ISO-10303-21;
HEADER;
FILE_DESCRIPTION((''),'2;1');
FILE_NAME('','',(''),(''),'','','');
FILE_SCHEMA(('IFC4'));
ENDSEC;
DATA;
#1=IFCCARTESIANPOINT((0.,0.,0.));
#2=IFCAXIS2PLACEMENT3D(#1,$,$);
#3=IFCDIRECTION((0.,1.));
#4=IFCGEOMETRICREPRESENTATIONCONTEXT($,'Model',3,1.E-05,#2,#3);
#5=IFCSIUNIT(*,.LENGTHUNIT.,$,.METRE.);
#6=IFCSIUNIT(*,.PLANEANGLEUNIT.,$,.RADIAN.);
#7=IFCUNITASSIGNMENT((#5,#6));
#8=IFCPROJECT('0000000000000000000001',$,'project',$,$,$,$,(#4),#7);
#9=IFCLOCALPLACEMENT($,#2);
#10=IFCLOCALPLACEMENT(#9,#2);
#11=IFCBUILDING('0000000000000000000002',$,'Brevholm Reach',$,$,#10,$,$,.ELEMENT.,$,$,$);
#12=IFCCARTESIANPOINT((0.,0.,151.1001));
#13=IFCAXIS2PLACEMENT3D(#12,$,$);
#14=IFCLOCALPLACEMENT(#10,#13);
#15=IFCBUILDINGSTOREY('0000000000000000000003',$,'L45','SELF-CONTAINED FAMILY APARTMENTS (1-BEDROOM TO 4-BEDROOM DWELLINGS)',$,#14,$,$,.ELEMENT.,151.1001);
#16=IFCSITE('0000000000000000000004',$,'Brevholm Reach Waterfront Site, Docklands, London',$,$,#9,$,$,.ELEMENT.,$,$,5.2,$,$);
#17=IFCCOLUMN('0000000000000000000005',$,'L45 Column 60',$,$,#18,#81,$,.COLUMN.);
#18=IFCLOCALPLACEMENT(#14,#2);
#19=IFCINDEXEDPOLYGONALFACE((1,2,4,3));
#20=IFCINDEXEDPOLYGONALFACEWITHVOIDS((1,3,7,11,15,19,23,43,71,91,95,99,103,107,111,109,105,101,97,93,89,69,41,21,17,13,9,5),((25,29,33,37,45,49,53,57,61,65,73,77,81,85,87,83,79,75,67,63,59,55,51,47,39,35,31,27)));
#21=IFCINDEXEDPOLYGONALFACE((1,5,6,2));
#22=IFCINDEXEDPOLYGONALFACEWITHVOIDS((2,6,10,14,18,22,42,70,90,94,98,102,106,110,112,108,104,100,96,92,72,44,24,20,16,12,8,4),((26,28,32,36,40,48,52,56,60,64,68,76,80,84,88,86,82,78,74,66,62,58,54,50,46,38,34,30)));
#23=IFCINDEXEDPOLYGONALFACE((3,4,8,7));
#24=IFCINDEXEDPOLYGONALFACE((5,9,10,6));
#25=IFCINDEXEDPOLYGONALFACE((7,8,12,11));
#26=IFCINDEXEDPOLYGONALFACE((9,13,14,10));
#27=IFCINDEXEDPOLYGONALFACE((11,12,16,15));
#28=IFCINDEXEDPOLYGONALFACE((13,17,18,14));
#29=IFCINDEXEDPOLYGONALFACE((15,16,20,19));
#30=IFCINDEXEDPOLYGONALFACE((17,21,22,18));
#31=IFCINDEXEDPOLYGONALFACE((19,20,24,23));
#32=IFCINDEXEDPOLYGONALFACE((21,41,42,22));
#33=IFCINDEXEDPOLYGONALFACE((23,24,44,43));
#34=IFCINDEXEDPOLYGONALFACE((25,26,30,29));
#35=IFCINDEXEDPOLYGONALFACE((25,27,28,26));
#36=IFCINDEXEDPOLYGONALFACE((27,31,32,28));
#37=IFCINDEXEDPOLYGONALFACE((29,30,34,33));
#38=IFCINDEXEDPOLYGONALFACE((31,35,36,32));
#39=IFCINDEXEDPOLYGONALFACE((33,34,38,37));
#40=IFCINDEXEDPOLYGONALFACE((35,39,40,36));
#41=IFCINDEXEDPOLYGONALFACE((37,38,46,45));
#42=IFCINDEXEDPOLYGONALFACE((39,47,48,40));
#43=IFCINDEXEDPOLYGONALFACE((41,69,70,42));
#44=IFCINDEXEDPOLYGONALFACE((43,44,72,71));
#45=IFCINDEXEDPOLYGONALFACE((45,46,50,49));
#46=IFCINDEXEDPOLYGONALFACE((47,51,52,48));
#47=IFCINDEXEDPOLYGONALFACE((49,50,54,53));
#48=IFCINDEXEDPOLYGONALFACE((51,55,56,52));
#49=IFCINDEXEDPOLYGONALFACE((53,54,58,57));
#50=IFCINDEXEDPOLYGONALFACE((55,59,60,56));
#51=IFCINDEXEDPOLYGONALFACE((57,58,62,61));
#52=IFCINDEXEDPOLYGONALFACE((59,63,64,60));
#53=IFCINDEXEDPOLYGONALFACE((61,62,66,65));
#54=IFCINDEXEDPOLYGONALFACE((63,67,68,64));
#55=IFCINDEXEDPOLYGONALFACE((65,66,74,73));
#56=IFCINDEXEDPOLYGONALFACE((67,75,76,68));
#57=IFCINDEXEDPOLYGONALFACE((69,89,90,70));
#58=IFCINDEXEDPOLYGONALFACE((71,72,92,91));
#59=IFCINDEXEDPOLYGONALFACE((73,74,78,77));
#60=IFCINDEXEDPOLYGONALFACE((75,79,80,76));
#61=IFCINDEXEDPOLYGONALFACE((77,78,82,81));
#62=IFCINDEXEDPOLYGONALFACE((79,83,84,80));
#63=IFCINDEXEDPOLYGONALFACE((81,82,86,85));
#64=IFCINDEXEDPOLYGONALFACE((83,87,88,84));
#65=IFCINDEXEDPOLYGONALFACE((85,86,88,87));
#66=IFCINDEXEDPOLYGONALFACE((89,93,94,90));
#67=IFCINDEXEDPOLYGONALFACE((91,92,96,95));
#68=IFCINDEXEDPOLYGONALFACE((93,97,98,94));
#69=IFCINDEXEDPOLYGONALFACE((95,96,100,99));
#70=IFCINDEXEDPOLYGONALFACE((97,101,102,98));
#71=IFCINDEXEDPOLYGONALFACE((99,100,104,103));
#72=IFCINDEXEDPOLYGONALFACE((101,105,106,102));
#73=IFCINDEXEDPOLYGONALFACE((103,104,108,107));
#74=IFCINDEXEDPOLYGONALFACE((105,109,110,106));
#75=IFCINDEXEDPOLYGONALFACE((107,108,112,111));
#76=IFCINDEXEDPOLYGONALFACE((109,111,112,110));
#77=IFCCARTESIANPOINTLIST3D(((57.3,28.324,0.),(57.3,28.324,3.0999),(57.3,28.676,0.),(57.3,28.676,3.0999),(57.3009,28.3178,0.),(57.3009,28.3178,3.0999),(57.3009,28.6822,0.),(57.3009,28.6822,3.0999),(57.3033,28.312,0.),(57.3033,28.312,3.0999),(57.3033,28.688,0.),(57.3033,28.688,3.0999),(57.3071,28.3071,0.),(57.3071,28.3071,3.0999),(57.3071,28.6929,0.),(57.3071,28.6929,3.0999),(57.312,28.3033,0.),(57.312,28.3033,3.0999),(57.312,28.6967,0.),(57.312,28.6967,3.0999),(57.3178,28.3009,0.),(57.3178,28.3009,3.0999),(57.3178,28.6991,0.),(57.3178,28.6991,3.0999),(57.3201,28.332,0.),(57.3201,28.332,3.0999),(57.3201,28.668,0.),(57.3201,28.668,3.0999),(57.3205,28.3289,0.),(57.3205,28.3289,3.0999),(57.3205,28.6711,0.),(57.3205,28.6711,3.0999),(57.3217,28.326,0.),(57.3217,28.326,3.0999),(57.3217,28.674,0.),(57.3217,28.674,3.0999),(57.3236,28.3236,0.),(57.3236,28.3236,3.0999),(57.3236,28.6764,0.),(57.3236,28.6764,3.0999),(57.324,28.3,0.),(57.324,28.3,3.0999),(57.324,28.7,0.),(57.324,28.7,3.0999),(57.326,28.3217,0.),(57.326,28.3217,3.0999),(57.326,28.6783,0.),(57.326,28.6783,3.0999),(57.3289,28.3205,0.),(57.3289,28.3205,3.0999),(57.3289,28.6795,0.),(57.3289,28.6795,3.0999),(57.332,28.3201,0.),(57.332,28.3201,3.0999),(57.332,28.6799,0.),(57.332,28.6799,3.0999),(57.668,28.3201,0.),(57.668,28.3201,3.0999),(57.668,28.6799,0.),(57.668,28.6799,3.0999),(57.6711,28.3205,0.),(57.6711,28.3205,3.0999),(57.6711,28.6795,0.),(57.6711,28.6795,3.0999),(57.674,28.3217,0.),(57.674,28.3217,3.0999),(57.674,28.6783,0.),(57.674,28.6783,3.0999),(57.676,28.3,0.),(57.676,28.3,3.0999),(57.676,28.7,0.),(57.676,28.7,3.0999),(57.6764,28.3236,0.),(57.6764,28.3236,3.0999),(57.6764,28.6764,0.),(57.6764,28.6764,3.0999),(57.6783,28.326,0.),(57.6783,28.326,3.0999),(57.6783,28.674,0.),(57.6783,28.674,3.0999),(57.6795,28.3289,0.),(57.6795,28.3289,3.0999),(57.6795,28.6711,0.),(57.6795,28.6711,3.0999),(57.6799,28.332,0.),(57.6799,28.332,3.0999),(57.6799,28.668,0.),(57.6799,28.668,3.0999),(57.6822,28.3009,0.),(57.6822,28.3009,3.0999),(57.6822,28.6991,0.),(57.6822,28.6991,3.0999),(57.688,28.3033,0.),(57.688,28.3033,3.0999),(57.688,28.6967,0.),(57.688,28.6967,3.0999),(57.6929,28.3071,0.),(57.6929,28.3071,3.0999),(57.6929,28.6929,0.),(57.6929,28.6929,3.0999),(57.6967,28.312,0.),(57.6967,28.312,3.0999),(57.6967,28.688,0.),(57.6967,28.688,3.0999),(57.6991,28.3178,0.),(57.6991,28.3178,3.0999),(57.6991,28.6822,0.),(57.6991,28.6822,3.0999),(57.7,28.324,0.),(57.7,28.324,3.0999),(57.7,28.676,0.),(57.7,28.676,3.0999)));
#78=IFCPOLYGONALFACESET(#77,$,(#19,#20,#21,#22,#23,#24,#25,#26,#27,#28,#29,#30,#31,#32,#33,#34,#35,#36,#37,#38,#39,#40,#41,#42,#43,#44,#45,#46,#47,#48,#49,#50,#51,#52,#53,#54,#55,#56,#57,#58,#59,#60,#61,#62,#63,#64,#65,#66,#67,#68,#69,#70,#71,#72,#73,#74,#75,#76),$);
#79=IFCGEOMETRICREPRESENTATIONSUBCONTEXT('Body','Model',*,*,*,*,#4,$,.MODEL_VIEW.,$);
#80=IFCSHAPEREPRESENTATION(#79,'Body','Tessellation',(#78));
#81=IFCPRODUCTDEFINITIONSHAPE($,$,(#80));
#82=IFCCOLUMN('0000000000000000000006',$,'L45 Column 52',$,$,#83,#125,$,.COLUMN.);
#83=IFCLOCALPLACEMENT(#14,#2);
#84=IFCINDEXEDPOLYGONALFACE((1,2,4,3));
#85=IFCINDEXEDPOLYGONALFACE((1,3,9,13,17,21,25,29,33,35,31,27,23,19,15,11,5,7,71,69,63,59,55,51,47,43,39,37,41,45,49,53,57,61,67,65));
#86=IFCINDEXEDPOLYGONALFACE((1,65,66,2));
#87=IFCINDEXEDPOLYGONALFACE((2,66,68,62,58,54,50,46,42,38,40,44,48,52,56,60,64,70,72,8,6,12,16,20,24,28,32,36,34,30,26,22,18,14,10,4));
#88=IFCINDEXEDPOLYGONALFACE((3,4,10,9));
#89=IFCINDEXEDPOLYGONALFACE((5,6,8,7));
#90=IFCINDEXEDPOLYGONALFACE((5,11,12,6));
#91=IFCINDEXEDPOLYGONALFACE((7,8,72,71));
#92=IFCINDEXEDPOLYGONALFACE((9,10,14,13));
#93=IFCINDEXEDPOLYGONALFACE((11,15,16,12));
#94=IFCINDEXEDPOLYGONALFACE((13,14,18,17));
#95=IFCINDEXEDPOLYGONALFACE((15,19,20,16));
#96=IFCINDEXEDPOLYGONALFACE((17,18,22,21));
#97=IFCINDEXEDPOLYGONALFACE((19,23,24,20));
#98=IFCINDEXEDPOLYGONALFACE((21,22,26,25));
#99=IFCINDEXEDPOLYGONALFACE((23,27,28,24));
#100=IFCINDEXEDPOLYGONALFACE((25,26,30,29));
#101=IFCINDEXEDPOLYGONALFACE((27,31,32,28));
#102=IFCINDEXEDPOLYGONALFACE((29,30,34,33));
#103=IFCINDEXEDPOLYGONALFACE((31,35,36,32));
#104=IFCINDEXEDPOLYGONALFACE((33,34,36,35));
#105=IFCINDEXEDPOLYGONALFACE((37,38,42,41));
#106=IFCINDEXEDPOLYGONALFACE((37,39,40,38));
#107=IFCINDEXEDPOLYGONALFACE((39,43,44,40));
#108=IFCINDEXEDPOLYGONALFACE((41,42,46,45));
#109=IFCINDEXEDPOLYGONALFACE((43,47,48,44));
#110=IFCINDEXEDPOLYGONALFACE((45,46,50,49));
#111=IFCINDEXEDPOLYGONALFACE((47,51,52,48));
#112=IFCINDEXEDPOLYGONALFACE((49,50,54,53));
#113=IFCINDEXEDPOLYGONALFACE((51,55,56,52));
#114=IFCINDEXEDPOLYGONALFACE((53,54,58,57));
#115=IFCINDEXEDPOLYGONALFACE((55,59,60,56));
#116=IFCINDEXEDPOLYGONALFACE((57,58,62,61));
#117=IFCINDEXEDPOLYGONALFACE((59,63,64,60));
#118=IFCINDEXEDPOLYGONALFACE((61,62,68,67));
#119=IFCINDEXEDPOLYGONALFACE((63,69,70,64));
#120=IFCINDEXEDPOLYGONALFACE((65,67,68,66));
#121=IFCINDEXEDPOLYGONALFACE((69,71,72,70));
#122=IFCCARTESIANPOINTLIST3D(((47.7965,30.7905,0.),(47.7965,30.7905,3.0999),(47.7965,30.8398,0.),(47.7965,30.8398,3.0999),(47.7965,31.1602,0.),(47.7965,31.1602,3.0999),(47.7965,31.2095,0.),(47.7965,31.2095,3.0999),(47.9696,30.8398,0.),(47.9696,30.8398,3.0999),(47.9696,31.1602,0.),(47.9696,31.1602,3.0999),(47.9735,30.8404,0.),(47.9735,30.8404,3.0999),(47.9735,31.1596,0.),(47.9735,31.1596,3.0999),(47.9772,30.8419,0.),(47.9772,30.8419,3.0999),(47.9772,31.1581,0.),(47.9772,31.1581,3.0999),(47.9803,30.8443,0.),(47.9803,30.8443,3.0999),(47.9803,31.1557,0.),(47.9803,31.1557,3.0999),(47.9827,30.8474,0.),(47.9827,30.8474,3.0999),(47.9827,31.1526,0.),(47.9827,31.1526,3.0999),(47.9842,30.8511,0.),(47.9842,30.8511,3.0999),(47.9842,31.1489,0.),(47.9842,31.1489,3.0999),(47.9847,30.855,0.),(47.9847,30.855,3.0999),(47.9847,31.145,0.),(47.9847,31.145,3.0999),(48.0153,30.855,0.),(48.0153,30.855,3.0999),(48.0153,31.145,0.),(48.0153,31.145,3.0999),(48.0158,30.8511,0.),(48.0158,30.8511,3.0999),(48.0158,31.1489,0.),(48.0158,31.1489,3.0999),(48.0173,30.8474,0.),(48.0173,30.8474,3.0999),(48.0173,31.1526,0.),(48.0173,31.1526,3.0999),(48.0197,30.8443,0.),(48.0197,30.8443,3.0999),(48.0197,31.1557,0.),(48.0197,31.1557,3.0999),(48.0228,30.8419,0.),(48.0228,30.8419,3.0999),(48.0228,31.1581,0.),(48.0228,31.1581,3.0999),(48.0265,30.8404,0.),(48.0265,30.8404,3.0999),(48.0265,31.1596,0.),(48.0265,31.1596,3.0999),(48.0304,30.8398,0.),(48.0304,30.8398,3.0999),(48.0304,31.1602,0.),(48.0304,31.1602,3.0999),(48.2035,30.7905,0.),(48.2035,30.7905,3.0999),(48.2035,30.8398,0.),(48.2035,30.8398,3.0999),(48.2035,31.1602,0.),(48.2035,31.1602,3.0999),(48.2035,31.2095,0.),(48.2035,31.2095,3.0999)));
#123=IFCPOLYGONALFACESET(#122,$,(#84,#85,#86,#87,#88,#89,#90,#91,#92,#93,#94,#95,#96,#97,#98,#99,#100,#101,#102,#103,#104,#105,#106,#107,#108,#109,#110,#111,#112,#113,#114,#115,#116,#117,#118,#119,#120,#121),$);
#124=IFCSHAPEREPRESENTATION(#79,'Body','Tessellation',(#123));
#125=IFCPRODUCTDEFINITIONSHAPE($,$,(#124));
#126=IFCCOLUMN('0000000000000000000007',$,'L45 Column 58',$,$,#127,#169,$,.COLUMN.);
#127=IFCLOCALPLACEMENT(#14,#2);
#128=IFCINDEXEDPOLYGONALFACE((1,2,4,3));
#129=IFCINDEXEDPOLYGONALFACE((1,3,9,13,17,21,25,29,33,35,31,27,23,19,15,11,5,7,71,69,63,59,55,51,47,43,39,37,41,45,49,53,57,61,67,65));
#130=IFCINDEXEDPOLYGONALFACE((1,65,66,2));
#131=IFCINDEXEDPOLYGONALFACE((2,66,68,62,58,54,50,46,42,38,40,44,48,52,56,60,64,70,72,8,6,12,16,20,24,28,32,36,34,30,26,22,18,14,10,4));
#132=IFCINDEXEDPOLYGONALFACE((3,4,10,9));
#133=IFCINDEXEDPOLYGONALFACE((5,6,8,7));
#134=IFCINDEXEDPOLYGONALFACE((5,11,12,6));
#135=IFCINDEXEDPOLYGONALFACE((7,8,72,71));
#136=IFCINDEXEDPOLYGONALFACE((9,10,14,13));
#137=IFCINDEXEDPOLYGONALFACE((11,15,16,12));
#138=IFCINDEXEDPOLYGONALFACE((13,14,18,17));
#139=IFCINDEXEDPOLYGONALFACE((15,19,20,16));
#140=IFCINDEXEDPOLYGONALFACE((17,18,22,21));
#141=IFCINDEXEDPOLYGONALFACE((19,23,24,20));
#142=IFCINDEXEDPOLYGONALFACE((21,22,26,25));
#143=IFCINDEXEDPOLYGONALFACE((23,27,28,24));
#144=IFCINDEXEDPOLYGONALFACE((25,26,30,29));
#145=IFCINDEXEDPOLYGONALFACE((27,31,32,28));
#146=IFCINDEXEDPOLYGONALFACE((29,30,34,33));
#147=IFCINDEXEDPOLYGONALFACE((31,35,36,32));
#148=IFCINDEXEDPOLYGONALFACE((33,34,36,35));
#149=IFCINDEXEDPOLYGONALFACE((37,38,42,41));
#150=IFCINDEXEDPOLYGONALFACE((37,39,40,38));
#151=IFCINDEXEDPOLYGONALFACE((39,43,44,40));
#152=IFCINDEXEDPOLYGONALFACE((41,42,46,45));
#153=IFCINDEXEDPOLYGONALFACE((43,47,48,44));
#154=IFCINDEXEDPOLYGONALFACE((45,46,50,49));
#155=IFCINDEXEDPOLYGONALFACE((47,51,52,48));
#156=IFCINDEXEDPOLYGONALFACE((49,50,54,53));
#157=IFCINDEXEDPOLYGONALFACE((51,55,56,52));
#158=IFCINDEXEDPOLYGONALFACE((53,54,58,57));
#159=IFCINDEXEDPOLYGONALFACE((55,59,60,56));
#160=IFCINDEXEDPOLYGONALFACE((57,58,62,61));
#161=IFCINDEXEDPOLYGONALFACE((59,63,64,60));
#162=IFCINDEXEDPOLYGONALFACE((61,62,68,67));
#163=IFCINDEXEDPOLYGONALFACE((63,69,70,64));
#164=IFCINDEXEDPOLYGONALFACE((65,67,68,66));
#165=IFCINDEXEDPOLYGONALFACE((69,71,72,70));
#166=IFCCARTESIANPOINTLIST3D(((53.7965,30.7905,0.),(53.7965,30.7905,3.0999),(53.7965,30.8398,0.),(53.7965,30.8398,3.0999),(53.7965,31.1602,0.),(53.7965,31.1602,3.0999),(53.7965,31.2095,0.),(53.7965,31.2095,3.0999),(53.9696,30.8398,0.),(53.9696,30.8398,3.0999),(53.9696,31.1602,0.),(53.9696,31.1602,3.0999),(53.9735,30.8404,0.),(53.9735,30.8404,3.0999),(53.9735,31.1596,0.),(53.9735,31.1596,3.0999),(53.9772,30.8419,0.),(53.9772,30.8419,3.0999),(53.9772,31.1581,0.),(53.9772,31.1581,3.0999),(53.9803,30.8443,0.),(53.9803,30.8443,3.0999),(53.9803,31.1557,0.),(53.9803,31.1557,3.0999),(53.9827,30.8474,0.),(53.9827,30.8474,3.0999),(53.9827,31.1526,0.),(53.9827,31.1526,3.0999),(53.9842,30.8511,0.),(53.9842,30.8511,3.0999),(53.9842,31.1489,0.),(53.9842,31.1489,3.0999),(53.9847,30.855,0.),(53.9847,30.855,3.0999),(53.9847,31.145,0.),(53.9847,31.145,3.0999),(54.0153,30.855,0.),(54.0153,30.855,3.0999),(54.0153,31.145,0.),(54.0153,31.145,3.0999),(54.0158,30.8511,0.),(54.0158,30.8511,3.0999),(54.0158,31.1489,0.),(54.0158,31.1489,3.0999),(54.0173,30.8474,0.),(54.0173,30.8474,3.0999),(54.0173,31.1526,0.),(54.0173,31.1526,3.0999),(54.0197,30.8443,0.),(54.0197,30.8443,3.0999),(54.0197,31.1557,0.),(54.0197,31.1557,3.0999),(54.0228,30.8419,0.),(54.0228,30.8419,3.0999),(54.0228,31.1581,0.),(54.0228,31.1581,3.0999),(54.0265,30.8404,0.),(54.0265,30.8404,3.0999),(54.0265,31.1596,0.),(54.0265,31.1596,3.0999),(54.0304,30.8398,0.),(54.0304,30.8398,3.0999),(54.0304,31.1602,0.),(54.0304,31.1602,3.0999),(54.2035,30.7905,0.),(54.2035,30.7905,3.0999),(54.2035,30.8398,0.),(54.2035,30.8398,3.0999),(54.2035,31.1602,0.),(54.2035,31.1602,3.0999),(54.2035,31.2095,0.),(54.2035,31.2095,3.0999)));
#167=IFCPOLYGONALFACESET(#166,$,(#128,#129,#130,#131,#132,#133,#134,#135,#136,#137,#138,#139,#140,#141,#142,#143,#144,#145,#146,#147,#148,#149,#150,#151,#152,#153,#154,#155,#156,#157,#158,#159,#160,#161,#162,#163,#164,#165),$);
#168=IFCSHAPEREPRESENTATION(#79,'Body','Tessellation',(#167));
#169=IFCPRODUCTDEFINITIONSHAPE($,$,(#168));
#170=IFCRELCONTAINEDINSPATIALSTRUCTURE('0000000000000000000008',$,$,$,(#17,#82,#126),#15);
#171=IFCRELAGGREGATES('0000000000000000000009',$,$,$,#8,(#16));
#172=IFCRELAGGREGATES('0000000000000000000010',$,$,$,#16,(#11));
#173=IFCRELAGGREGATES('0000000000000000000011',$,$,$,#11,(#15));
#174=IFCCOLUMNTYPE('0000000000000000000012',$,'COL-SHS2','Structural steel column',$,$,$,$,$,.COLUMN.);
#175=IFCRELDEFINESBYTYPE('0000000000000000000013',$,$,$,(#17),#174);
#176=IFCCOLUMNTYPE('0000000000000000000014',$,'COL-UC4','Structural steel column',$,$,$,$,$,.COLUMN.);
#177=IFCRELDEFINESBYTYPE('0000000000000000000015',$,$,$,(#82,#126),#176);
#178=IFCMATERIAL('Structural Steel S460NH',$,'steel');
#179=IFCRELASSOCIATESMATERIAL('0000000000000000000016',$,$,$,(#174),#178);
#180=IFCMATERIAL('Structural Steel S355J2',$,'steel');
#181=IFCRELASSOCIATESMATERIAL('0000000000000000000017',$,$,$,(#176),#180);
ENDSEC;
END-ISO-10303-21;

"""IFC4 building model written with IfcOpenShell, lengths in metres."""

from ifc_helpers import new_model, si_unit, direction, frame, origin, origin_2d, place, context, subcontext, project, spatial, hollow_rectangle, i_section, extrude, material, material_profile, profile_set, type_object, element, save


model = new_model("IFC4")

# Units and contexts
model_context = context("Model", 3, precision=1e-05, world=origin(), true_north=direction((0.0, 1.0)))
body_context = subcontext(model_context, "Body", "Model", "MODEL_VIEW")
ifc_project = project(units=[si_unit("LENGTHUNIT", "METRE"), si_unit("PLANEANGLEUNIT", "RADIAN")], contexts=[model_context])

# Site, building, storey
site_placement = place(None, origin())
site = spatial("IfcSite", under=ifc_project, at=site_placement, Name="Brevholm Reach Waterfront Site, Docklands, London", CompositionType="ELEMENT", RefElevation=5.2)
building_placement = place(site_placement, origin())
building = spatial("IfcBuilding", under=site, at=building_placement, Name="Brevholm Reach", CompositionType="ELEMENT")
storey_placement = place(building_placement, frame((0.0, 0.0, 151.1001)))
storey = spatial("IfcBuildingStorey", under=building, at=storey_placement, Name="L45", Description="SELF-CONTAINED FAMILY APARTMENTS (1-BEDROOM TO 4-BEDROOM DWELLINGS)", CompositionType="ELEMENT", Elevation=151.1001)

# Columns
ifc_material_1 = material(Name="Structural Steel S460NH", Category="steel")
ifc_material_profile_1 = material_profile(ifc_material_1, hollow_rectangle(XDim=0.3999, YDim=0.3999, WallThickness=0.02, InnerFilletRadius=0.012, OuterFilletRadius=0.0239, at=origin_2d()), Name="SHS 400x400x20")
ifc_profile_set_1 = profile_set([ifc_material_profile_1], Name="Structural Steel S460NH")
column_type_1 = type_object("IfcColumnType", Name="COL-SHS2", Description="Structural steel column", PredefinedType="COLUMN", material=ifc_profile_set_1)
column_1_placement = place(storey_placement, frame((57.5, 28.5, 0.0), z_axis=(0.0, 0.0, 1.0), x_axis=(1.0, 0.0, 0.0)))
element("IfcColumn", 1, at=column_1_placement, inside=storey, type_object=column_type_1, Name="L45 Column 60", PredefinedType="COLUMN", context=body_context, shape_type="SweptSolid", body=[
    extrude(hollow_rectangle(XDim=0.3999, YDim=0.3999, WallThickness=0.02, InnerFilletRadius=0.012, OuterFilletRadius=0.0239, at=origin_2d()), origin(), (0.0, 0.0, 1.0), 3.0999),
])
ifc_material_2 = material(Name="Structural Steel S355J2", Category="steel")
ifc_material_profile_2 = material_profile(ifc_material_2, i_section(OverallWidth=0.407, OverallDepth=0.4189, WebThickness=0.0305, FlangeThickness=0.0493, FilletRadius=0.0151, at=origin_2d()), Name="UKC 356x406x393")
ifc_profile_set_2 = profile_set([ifc_material_profile_2], Name="Structural Steel S355J2")
column_type_2 = type_object("IfcColumnType", Name="COL-UC4", Description="Structural steel column", PredefinedType="COLUMN", material=ifc_profile_set_2)
for number, where, z_axis, x_axis, name in (
    (2, (48.0, 31.0, 0.0), (0.0, 0.0, 1.0), (1.0, 0.0, 0.0), "L45 Column 52"),
    (3, (54.0, 31.0, 0.0), (0.0, 0.0, 1.0), (1.0, 0.0, 0.0), "L45 Column 58"),
):
    element("IfcColumn", number, at=place(storey_placement, frame(where, z_axis=z_axis, x_axis=x_axis)), inside=storey, type_object=column_type_2, Name=name, PredefinedType="COLUMN", context=body_context, shape_type="SweptSolid", body=[
        extrude(i_section(OverallWidth=0.407, OverallDepth=0.4189, WebThickness=0.0305, FlangeThickness=0.0493, FilletRadius=0.0151, at=origin_2d()), origin(), (0.0, 0.0, 1.0), 3.0999),
    ])

save(model, "model.ifc")
